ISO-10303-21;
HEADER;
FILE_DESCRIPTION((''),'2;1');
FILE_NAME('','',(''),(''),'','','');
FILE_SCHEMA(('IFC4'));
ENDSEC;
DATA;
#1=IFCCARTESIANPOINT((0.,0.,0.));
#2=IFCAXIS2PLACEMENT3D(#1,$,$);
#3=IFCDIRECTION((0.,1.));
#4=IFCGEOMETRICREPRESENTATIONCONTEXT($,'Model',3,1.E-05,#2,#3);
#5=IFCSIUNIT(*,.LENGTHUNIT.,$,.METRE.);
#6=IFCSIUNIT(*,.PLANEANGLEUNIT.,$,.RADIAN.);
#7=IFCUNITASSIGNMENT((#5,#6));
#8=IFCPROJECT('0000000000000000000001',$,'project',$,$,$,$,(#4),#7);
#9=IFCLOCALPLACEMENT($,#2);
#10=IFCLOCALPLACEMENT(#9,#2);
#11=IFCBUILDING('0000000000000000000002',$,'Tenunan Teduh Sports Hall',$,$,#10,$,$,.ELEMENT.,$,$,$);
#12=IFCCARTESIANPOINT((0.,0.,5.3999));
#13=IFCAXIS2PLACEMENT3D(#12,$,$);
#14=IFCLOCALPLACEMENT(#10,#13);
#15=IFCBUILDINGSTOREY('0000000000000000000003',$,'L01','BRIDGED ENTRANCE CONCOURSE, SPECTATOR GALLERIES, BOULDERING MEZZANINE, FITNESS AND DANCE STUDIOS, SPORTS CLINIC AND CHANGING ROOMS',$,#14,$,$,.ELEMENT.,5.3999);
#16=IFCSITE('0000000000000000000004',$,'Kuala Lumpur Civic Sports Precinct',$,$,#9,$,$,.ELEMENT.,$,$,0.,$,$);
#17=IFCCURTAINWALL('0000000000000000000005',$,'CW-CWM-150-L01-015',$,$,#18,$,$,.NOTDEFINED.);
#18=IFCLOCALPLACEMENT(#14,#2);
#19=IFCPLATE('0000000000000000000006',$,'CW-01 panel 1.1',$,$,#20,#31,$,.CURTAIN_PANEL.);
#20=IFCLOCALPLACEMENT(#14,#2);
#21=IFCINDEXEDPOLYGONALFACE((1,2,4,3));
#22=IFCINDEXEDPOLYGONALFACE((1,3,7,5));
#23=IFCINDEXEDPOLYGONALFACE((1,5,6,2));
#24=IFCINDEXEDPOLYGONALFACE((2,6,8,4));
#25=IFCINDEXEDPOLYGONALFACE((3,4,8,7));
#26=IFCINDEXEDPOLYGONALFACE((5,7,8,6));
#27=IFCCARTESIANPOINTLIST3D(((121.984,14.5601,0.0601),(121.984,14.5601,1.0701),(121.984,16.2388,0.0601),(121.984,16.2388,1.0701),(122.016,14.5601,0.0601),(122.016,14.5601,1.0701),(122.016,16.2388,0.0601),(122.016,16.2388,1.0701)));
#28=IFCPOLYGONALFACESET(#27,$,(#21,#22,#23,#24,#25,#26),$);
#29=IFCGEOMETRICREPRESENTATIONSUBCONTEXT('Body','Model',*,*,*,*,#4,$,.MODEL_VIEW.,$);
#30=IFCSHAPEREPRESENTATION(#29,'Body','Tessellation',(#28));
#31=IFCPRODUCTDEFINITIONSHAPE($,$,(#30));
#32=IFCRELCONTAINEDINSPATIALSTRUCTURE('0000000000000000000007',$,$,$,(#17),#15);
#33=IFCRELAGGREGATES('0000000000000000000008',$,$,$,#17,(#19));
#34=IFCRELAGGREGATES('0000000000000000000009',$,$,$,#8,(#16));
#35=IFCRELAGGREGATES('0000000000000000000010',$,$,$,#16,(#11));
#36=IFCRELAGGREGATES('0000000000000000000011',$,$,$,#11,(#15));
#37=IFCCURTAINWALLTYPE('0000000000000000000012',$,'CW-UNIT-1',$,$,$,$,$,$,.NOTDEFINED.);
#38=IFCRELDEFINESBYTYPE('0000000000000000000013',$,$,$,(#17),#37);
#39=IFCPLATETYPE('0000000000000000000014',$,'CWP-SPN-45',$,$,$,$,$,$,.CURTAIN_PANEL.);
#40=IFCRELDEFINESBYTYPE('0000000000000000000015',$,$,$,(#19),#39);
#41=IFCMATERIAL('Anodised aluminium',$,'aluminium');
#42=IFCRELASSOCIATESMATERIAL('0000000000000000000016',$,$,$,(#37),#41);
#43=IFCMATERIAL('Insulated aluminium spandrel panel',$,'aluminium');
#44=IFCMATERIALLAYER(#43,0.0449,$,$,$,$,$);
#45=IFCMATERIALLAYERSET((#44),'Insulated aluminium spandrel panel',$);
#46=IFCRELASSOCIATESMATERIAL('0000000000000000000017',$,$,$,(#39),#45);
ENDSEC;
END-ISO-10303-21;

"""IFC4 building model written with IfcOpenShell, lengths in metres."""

from ifc_helpers import new_model, si_unit, direction, frame, origin, origin_2d, place, context, subcontext, project, spatial, rectangle, extrude, material, layer, layer_set, type_object, element, aggregate, save


model = new_model("IFC4")

# Units and contexts
model_context = context("Model", 3, precision=1e-05, world=origin(), true_north=direction((0.0, 1.0)))
body_context = subcontext(model_context, "Body", "Model", "MODEL_VIEW")
ifc_project = project(units=[si_unit("LENGTHUNIT", "METRE"), si_unit("PLANEANGLEUNIT", "RADIAN")], contexts=[model_context])

# Site, building, storey
site_placement = place(None, origin())
site = spatial("IfcSite", under=ifc_project, at=site_placement, Name="Kuala Lumpur Civic Sports Precinct", CompositionType="ELEMENT", RefElevation=0.0)
building_placement = place(site_placement, origin())
building = spatial("IfcBuilding", under=site, at=building_placement, Name="Tenunan Teduh Sports Hall", CompositionType="ELEMENT")
storey_placement = place(building_placement, frame((0.0, 0.0, 5.3999)))
storey = spatial("IfcBuildingStorey", under=building, at=storey_placement, Name="L01", Description="BRIDGED ENTRANCE CONCOURSE, SPECTATOR GALLERIES, BOULDERING MEZZANINE, FITNESS AND DANCE STUDIOS, SPORTS CLINIC AND CHANGING ROOMS", CompositionType="ELEMENT", Elevation=5.3999)

# Curtain wall
ifc_material_1 = material(Name="Anodised aluminium", Category="aluminium")
curtain_wall_type = type_object("IfcCurtainWallType", Name="CW-UNIT-1", PredefinedType="NOTDEFINED", material=ifc_material_1)
curtain_wall_placement = place(storey_placement, origin())
curtain_wall = element("IfcCurtainWall", 1, at=curtain_wall_placement, inside=storey, type_object=curtain_wall_type, Name="CW-CWM-150-L01-015", PredefinedType="NOTDEFINED")

# Plate
ifc_material_2 = material(Name="Insulated aluminium spandrel panel", Category="aluminium")
ifc_layer_1 = layer(ifc_material_2, 0.0449)
ifc_layer_set_1 = layer_set([ifc_layer_1], Name="Insulated aluminium spandrel panel")
plate_type_1 = type_object("IfcPlateType", Name="CWP-SPN-45", PredefinedType="CURTAIN_PANEL", material=ifc_layer_set_1)
plate_1_placement = place(storey_placement, frame((122.0, 15.3994, 0.0601), z_axis=(0.0, 0.0, 1.0), x_axis=(0.0, 1.0, 0.0)))
plate_1 = element("IfcPlate", 2, at=plate_1_placement, type_object=plate_type_1, Name="CW-01 panel 1.1", PredefinedType="CURTAIN_PANEL", context=body_context, shape_type="SweptSolid", body=[
    extrude(rectangle(XDim=1.6787, YDim=0.032, at=origin_2d()), origin(), (0.0, 0.0, 1.0), 1.01),
])
aggregate(curtain_wall, [plate_1])

save(model, "model.ifc")
